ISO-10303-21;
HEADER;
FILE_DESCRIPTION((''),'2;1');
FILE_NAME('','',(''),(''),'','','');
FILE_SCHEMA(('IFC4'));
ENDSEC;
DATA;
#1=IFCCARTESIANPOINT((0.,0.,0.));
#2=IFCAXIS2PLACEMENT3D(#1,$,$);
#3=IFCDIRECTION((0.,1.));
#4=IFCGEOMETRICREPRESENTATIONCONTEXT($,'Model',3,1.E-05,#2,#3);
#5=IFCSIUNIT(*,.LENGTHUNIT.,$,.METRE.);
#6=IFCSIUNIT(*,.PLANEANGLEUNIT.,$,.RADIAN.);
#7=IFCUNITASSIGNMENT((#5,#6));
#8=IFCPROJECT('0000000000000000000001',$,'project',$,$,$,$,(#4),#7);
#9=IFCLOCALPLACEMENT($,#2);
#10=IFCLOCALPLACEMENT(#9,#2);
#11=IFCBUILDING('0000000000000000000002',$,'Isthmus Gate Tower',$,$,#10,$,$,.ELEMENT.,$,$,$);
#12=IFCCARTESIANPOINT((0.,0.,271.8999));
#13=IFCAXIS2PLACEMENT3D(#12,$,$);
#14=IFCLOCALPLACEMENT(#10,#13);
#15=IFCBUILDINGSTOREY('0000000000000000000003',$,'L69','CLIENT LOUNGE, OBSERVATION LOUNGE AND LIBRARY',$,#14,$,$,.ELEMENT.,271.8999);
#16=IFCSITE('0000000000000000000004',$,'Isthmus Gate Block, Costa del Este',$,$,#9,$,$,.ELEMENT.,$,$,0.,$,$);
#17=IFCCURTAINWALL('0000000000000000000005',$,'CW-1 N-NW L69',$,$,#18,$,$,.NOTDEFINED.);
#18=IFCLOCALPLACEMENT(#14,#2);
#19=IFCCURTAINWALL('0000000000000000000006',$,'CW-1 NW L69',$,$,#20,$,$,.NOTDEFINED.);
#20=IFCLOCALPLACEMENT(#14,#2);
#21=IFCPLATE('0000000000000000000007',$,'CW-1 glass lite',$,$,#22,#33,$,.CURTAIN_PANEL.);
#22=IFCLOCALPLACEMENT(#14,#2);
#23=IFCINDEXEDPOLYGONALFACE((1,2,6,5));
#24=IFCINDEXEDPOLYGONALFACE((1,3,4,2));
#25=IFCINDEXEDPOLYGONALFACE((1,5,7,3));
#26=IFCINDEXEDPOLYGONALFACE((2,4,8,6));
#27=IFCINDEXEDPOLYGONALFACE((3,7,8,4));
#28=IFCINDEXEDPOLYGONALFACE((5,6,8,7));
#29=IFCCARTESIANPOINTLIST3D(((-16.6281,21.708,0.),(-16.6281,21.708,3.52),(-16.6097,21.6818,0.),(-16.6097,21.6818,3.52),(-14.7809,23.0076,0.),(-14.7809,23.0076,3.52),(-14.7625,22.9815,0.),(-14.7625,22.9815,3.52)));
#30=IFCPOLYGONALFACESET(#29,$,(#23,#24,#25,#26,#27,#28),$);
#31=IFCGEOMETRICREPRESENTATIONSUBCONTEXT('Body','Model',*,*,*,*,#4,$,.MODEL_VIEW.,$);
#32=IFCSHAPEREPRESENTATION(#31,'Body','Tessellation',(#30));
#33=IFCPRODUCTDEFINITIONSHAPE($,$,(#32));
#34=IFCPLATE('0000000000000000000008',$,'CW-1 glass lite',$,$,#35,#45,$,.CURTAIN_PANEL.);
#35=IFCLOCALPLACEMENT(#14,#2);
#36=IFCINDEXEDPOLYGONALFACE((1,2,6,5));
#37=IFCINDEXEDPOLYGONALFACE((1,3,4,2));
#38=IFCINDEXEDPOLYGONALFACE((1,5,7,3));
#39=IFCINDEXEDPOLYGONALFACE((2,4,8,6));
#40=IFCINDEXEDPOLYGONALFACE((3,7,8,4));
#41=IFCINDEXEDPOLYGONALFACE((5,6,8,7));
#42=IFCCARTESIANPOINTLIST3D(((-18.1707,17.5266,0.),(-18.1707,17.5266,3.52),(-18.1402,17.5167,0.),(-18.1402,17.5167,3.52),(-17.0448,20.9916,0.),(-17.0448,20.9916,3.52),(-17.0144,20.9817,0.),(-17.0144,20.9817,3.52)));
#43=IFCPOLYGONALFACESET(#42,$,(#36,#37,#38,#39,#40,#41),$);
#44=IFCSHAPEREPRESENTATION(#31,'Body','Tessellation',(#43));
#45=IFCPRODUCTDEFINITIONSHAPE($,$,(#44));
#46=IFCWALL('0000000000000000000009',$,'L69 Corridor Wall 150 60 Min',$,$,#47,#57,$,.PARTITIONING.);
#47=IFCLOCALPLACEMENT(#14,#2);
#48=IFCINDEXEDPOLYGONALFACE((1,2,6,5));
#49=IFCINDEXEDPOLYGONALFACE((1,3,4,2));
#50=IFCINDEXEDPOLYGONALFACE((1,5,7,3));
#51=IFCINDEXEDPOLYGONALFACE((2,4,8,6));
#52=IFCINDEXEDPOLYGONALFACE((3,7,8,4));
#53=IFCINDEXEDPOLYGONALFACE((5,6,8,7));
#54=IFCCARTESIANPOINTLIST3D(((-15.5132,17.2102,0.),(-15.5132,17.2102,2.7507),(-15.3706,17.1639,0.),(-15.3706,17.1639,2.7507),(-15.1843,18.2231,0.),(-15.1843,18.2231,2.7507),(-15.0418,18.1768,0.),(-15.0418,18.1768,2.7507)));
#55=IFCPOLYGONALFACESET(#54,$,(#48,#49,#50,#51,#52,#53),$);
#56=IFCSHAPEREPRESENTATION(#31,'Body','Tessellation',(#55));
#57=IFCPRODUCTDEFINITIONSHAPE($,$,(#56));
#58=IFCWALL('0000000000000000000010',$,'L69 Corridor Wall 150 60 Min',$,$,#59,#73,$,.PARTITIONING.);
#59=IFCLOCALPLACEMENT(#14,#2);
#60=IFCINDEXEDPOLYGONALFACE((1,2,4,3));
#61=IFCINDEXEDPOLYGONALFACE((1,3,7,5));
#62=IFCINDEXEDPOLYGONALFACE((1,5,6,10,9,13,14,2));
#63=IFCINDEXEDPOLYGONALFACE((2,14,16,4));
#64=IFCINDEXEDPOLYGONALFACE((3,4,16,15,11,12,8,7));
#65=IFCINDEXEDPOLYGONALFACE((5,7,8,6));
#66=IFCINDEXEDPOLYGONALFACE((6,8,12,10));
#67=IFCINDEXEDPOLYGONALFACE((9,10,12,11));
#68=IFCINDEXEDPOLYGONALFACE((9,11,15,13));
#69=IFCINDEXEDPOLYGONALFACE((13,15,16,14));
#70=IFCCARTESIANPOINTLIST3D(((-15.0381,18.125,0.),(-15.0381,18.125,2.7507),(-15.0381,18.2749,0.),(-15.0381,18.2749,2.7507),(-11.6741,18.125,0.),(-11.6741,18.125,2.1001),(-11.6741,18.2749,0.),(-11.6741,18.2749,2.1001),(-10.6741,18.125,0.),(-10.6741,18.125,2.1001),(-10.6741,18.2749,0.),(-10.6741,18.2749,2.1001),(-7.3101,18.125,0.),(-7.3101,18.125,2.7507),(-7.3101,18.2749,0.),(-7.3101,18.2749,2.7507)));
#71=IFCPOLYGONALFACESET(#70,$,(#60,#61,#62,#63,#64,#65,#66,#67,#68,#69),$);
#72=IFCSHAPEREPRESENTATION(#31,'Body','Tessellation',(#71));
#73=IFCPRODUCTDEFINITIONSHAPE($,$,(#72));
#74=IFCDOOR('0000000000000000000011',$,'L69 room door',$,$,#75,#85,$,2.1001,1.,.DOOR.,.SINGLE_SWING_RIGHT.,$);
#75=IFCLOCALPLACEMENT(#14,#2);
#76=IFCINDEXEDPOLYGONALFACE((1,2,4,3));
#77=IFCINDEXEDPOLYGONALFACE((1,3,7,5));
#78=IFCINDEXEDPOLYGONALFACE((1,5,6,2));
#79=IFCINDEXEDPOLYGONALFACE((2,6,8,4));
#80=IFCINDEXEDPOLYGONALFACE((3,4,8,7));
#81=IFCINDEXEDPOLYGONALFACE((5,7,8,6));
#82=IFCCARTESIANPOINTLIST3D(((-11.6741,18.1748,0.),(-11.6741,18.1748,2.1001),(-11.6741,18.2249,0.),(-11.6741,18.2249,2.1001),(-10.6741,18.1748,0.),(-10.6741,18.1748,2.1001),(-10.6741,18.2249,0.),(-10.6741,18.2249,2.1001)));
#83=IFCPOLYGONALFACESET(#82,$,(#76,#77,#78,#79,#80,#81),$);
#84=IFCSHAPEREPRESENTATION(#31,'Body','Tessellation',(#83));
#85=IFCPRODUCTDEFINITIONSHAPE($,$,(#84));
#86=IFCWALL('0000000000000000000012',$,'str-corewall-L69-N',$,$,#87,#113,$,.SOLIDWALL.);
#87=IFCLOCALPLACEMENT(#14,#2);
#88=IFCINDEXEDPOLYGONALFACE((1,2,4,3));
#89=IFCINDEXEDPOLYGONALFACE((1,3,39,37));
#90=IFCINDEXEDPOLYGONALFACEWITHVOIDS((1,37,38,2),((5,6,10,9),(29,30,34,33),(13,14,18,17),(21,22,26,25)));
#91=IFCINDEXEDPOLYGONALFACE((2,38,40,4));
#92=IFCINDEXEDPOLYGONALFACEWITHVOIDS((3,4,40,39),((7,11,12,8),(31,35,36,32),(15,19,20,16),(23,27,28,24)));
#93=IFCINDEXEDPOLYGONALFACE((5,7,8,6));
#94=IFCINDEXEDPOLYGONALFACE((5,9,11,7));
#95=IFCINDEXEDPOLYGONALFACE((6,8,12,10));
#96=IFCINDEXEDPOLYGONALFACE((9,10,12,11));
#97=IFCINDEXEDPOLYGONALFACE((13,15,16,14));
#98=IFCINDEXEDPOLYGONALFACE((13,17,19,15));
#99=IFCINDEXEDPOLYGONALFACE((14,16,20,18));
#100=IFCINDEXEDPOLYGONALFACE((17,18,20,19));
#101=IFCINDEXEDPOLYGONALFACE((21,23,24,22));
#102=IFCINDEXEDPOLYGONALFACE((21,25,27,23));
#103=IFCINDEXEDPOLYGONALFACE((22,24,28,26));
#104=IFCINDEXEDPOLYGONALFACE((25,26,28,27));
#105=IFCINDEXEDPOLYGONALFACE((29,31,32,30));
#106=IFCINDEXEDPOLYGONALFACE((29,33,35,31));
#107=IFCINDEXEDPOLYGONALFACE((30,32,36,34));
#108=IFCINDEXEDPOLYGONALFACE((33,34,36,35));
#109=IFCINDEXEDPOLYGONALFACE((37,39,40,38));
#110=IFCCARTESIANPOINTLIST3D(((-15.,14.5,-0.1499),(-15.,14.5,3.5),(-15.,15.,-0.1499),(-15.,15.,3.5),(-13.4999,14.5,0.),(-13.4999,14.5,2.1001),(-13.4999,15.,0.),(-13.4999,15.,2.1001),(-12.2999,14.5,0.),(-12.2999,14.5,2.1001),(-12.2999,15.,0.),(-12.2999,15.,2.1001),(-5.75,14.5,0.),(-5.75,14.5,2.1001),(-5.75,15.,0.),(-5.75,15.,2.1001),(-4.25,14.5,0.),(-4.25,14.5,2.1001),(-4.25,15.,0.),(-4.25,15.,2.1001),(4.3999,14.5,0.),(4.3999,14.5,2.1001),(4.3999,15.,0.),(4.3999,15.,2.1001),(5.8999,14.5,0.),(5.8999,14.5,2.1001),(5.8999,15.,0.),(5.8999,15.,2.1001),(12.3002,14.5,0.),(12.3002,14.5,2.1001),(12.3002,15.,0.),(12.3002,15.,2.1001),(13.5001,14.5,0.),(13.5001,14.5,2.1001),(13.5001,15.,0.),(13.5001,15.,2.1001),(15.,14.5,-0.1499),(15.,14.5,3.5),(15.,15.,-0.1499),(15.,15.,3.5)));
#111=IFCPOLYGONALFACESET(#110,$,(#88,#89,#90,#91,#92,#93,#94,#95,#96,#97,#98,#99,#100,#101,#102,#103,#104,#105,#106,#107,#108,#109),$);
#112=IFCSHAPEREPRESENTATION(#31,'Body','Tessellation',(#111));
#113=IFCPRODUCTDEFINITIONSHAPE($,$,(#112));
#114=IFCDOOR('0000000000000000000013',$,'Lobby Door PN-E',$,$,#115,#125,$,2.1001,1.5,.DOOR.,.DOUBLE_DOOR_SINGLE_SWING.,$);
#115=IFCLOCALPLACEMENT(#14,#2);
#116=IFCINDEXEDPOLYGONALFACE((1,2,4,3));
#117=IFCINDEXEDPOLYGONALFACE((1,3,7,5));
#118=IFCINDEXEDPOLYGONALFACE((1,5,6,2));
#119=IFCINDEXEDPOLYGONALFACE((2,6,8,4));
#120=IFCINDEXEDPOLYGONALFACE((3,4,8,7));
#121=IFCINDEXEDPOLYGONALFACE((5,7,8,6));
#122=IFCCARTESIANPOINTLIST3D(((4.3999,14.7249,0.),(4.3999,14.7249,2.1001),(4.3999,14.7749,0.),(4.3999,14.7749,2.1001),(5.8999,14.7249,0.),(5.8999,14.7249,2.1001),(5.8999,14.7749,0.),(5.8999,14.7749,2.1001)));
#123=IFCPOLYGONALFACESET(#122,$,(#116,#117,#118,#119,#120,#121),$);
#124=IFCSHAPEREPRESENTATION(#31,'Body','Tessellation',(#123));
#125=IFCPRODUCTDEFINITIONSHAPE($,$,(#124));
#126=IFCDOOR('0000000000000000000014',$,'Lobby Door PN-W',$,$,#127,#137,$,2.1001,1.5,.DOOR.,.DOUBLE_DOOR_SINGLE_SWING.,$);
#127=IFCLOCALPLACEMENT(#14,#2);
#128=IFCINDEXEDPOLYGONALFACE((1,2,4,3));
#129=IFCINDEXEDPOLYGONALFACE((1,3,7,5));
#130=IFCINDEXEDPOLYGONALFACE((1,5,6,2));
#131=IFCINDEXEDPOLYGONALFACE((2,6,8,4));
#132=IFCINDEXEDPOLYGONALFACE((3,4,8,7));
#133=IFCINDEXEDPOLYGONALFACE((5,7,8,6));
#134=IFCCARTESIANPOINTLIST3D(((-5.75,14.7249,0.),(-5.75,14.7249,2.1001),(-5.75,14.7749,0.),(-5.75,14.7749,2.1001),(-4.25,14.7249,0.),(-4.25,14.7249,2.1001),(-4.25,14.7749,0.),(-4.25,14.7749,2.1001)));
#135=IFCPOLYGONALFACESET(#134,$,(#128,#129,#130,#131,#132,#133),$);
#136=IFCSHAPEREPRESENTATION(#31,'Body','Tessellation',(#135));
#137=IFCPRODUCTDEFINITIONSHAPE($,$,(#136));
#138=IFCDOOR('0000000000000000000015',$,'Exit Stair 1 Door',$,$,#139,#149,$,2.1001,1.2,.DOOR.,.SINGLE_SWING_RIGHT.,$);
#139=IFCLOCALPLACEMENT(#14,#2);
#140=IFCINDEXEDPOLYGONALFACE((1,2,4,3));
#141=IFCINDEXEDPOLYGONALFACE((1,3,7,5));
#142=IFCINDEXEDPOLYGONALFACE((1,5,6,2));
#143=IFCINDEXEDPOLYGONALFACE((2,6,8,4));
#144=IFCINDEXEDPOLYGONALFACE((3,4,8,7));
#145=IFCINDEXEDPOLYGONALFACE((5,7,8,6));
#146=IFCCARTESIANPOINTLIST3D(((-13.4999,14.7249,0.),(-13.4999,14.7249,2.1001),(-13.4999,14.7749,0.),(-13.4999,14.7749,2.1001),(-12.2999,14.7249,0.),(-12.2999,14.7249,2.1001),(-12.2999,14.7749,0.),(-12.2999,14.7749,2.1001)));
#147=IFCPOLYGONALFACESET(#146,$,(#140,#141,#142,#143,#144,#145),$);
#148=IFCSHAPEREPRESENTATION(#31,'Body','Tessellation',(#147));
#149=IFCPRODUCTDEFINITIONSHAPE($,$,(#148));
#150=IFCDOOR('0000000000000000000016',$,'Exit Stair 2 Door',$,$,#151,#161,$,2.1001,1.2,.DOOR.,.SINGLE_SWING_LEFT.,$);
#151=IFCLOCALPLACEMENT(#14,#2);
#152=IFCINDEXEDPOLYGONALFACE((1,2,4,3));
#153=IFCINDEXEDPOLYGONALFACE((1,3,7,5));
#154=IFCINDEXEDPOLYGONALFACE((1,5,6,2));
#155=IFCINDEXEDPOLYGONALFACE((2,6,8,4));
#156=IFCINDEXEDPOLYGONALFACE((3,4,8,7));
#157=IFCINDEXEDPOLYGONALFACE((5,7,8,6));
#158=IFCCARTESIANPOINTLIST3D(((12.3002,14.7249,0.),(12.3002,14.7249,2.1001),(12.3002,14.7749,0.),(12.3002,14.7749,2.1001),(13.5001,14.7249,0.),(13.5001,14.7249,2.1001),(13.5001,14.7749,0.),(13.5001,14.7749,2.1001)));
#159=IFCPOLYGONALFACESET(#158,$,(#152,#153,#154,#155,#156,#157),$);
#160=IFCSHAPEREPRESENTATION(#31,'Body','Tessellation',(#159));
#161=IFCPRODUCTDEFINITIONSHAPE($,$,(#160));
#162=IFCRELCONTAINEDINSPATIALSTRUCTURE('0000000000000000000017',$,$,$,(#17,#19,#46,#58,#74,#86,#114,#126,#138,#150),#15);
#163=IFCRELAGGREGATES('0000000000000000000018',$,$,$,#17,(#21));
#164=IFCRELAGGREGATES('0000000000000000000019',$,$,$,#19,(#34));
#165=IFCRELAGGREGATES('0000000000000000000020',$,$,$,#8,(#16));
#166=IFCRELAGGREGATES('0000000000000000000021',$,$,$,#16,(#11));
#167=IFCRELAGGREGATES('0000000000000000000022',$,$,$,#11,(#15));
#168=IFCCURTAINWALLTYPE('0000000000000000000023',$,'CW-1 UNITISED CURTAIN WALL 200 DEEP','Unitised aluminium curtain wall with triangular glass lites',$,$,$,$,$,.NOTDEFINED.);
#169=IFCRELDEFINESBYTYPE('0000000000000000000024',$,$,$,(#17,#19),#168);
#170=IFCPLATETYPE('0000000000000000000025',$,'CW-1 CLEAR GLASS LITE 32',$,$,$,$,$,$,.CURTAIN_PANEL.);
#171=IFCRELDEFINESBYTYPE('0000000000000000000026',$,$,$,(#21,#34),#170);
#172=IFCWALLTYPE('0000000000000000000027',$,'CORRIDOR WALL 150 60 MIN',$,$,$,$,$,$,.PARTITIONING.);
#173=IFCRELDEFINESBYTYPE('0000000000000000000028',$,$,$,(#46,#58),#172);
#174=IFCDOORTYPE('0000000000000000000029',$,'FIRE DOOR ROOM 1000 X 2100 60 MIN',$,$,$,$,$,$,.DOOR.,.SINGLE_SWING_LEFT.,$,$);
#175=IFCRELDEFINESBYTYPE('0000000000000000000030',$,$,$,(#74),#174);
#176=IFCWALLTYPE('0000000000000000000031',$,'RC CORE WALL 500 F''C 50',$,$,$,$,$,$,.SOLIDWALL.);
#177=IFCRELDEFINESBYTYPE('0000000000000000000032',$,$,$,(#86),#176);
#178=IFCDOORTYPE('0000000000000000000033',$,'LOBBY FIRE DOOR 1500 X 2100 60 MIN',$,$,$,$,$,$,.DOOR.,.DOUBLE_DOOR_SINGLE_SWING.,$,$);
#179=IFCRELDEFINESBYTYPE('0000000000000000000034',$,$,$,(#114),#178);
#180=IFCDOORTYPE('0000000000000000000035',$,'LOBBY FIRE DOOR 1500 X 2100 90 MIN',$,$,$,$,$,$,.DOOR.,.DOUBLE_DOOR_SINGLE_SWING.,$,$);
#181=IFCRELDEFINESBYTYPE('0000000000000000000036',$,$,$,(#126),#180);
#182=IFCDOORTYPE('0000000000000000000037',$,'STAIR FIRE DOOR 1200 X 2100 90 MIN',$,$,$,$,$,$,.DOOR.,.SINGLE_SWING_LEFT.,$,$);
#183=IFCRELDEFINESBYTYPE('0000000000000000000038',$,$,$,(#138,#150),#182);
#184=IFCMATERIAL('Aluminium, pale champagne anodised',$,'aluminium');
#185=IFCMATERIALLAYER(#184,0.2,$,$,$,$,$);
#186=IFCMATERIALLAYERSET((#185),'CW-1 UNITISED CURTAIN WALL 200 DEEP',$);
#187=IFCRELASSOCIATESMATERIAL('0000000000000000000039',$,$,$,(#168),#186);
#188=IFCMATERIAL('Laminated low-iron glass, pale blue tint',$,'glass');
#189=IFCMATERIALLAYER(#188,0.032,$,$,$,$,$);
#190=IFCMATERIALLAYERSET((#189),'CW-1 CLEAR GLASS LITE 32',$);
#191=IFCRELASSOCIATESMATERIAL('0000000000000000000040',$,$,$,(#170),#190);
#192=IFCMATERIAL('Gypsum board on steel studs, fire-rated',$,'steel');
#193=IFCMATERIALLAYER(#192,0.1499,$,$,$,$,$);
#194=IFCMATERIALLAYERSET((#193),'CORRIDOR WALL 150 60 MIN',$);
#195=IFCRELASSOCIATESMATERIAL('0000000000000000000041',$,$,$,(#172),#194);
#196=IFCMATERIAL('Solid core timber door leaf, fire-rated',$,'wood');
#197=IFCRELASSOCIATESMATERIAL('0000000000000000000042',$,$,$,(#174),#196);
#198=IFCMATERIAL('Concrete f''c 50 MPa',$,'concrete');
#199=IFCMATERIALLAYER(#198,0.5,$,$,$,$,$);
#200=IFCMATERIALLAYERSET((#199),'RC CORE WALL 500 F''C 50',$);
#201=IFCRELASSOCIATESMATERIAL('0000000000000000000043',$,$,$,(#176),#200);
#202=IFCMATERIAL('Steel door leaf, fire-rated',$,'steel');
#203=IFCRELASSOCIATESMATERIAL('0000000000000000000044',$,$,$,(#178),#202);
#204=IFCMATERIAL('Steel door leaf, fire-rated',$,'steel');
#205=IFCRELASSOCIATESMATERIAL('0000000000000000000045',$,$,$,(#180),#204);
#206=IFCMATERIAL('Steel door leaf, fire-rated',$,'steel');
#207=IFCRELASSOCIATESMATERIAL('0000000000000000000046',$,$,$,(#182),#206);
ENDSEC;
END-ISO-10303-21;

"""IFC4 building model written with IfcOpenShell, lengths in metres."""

from ifc_helpers import new_model, si_unit, direction, frame, frame_2d, origin, origin_2d, place, context, subcontext, project, spatial, rectangle, extrude, material, layer, layer_set, type_object, element, fill, aggregate, save


model = new_model("IFC4")

# Units and contexts
model_context = context("Model", 3, precision=1e-05, world=origin(), true_north=direction((0.0, 1.0)))
body_context = subcontext(model_context, "Body", "Model", "MODEL_VIEW")
ifc_project = project(units=[si_unit("LENGTHUNIT", "METRE"), si_unit("PLANEANGLEUNIT", "RADIAN")], contexts=[model_context])

# Site, building, storey
site_placement = place(None, origin())
site = spatial("IfcSite", under=ifc_project, at=site_placement, Name="Isthmus Gate Block, Costa del Este", CompositionType="ELEMENT", RefElevation=0.0)
building_placement = place(site_placement, origin())
building = spatial("IfcBuilding", under=site, at=building_placement, Name="Isthmus Gate Tower", CompositionType="ELEMENT")
storey_placement = place(building_placement, frame((0.0, 0.0, 271.8999)))
storey = spatial("IfcBuildingStorey", under=building, at=storey_placement, Name="L69", Description="CLIENT LOUNGE, OBSERVATION LOUNGE AND LIBRARY", CompositionType="ELEMENT", Elevation=271.8999)

# Curtain wall
ifc_material_1 = material(Name="Aluminium, pale champagne anodised", Category="aluminium")
ifc_layer_1 = layer(ifc_material_1, 0.2)
ifc_layer_set_1 = layer_set([ifc_layer_1], Name="CW-1 UNITISED CURTAIN WALL 200 DEEP")
curtain_wall_type = type_object("IfcCurtainWallType", Name="CW-1 UNITISED CURTAIN WALL 200 DEEP", Description="Unitised aluminium curtain wall with triangular glass lites", PredefinedType="NOTDEFINED", material=ifc_layer_set_1)
curtain_wall_1_placement = place(storey_placement, origin())
curtain_wall_1 = element("IfcCurtainWall", 1, at=curtain_wall_1_placement, inside=storey, type_object=curtain_wall_type, Name="CW-1 N-NW L69", PredefinedType="NOTDEFINED")

# Curtain wall
curtain_wall_2_placement = place(storey_placement, origin())
curtain_wall_2 = element("IfcCurtainWall", 2, at=curtain_wall_2_placement, inside=storey, type_object=curtain_wall_type, Name="CW-1 NW L69", PredefinedType="NOTDEFINED")

# Plates
ifc_material_2 = material(Name="Laminated low-iron glass, pale blue tint", Category="glass")
ifc_layer_2 = layer(ifc_material_2, 0.032)
ifc_layer_set_2 = layer_set([ifc_layer_2], Name="CW-1 CLEAR GLASS LITE 32")
plate_type = type_object("IfcPlateType", Name="CW-1 CLEAR GLASS LITE 32", PredefinedType="CURTAIN_PANEL", material=ifc_layer_set_2)
plate_1_placement = place(storey_placement, frame((-15.6953, 22.3447, 0.0), z_axis=(0.0, 0.0, 1.0), x_axis=(-0.81786, -0.575418, 0.0)))
plate_1 = element("IfcPlate", 3, at=plate_1_placement, type_object=plate_type, Name="CW-1 glass lite", PredefinedType="CURTAIN_PANEL", context=body_context, shape_type="SweptSolid", body=[
    extrude(rectangle(XDim=2.2585, YDim=0.032, at=origin_2d()), origin(), (0.0, 0.0, 1.0), 3.52),
])
aggregate(curtain_wall_1, [plate_1])
plate_2_placement = place(storey_placement, frame((-17.5925, 19.2542, 0.0), z_axis=(0.0, 0.0, 1.0), x_axis=(-0.309017, -0.951057, 0.0)))
plate_2 = element("IfcPlate", 4, at=plate_2_placement, type_object=plate_type, Name="CW-1 glass lite", PredefinedType="CURTAIN_PANEL", context=body_context, shape_type="SweptSolid", body=[
    extrude(rectangle(XDim=3.6433, YDim=0.032, at=origin_2d()), origin(), (0.0, 0.0, 1.0), 3.52),
])

# Wall
ifc_material_3 = material(Name="Gypsum board on steel studs, fire-rated", Category="steel")
ifc_layer_3 = layer(ifc_material_3, 0.1499)
ifc_layer_set_3 = layer_set([ifc_layer_3], Name="CORRIDOR WALL 150 60 MIN")
wall_type_1 = type_object("IfcWallType", Name="CORRIDOR WALL 150 60 MIN", PredefinedType="PARTITIONING", material=ifc_layer_set_3)
wall_1_placement = place(storey_placement, frame((-15.4419, 17.187, 0.0), z_axis=(0.0, 0.0, 1.0), x_axis=(0.308791, 0.95113, 0.0)))
element("IfcWall", 5, at=wall_1_placement, inside=storey, type_object=wall_type_1, Name="L69 Corridor Wall 150 60 Min", PredefinedType="PARTITIONING", context=body_context, shape_type="SweptSolid", body=[
    extrude(rectangle(XDim=1.0649, YDim=0.1499, at=frame_2d((0.5325, 0.0))), origin(), (0.0, 0.0, 1.0), 2.7507),
])

# Wall, opening, door
wall_2_placement = place(storey_placement, frame((-15.0381, 18.2, 0.0), z_axis=(0.0, 0.0, 1.0), x_axis=(1.0, 0.0, 0.0)))
wall_2 = element("IfcWall", 6, at=wall_2_placement, inside=storey, type_object=wall_type_1, Name="L69 Corridor Wall 150 60 Min", PredefinedType="PARTITIONING", context=body_context, shape_type="SweptSolid", body=[
    extrude(rectangle(XDim=7.728, YDim=0.1499, at=frame_2d((3.864, 0.0))), origin(), (0.0, 0.0, 1.0), 2.7507),
])
opening_1_placement = place(wall_2_placement, frame((3.364, 0.0, 0.0)))
opening_1 = element("IfcOpeningElement", 7, at=opening_1_placement, cuts=wall_2, PredefinedType="OPENING", context=body_context, shape_type="SweptSolid", body=[
    extrude(rectangle(XDim=1.0, YDim=2.1001, at=frame_2d((0.5, 1.05))), frame((0.0, 0.085, 0.0), z_axis=(0.0, -1.0, 0.0), x_axis=(1.0, 0.0, 0.0)), (0.0, 0.0, 1.0), 0.1699),
])
ifc_material_4 = material(Name="Solid core timber door leaf, fire-rated", Category="wood")
door_type_1 = type_object("IfcDoorType", Name="FIRE DOOR ROOM 1000 X 2100 60 MIN", OperationType="SINGLE_SWING_LEFT", PredefinedType="DOOR", material=ifc_material_4)
door_1_placement = place(opening_1_placement, origin())
door_1 = element("IfcDoor", 8, at=door_1_placement, inside=storey, type_object=door_type_1, Name="L69 room door", OperationType="SINGLE_SWING_RIGHT", OverallHeight=2.1001, OverallWidth=1.0, PredefinedType="DOOR", context=body_context, shape_type="SweptSolid", body=[
    extrude(rectangle(XDim=1.0, YDim=2.1001, at=frame_2d((0.5, 1.05))), frame((0.0, 0.0249, 0.0), z_axis=(0.0, -1.0, 0.0), x_axis=(1.0, 0.0, 0.0)), (0.0, 0.0, 1.0), 0.05),
])
fill(opening_1, door_1)

# Wall, openings, doors
ifc_material_5 = material(Name="Concrete f'c 50 MPa", Category="concrete")
ifc_layer_4 = layer(ifc_material_5, 0.5)
ifc_layer_set_4 = layer_set([ifc_layer_4], Name="RC CORE WALL 500 F'C 50")
wall_type_2 = type_object("IfcWallType", Name="RC CORE WALL 500 F'C 50", PredefinedType="SOLIDWALL", material=ifc_layer_set_4)
wall_3_placement = place(storey_placement, frame((-15.0, 14.75, -0.1499), z_axis=(0.0, 0.0, 1.0), x_axis=(1.0, 0.0, 0.0)))
wall_3 = element("IfcWall", 9, at=wall_3_placement, inside=storey, type_object=wall_type_2, Name="str-corewall-L69-N", PredefinedType="SOLIDWALL", context=body_context, shape_type="SweptSolid", body=[
    extrude(rectangle(XDim=30.0, YDim=0.5, at=frame_2d((15.0, 0.0))), origin(), (0.0, 0.0, 1.0), 3.6499),
])
opening_2_placement = place(wall_3_placement, frame((9.25, 0.0, 0.1499)))
opening_2 = element("IfcOpeningElement", 10, at=opening_2_placement, cuts=wall_3, PredefinedType="OPENING", context=body_context, shape_type="SweptSolid", body=[
    extrude(rectangle(XDim=1.5, YDim=2.1001, at=frame_2d((0.75, 1.05))), frame((0.0, 0.26, 0.0), z_axis=(0.0, -1.0, 0.0), x_axis=(1.0, 0.0, 0.0)), (0.0, 0.0, 1.0), 0.52),
])
opening_3_placement = place(wall_3_placement, frame((19.3999, 0.0, 0.1499)))
opening_3 = element("IfcOpeningElement", 11, at=opening_3_placement, cuts=wall_3, PredefinedType="OPENING", context=body_context, shape_type="SweptSolid", body=[
    extrude(rectangle(XDim=1.5, YDim=2.1001, at=frame_2d((0.75, 1.05))), frame((0.0, 0.26, 0.0), z_axis=(0.0, -1.0, 0.0), x_axis=(1.0, 0.0, 0.0)), (0.0, 0.0, 1.0), 0.52),
])
opening_4_placement = place(wall_3_placement, frame((1.5, 0.0, 0.1499)))
opening_4 = element("IfcOpeningElement", 12, at=opening_4_placement, cuts=wall_3, PredefinedType="OPENING", context=body_context, shape_type="SweptSolid", body=[
    extrude(rectangle(XDim=1.2, YDim=2.1001, at=frame_2d((0.6001, 1.05))), frame((0.0, 0.26, 0.0), z_axis=(0.0, -1.0, 0.0), x_axis=(1.0, 0.0, 0.0)), (0.0, 0.0, 1.0), 0.52),
])
opening_5_placement = place(wall_3_placement, frame((27.3, 0.0, 0.1499)))
opening_5 = element("IfcOpeningElement", 13, at=opening_5_placement, cuts=wall_3, PredefinedType="OPENING", context=body_context, shape_type="SweptSolid", body=[
    extrude(rectangle(XDim=1.2, YDim=2.1001, at=frame_2d((0.6001, 1.05))), frame((0.0, 0.26, 0.0), z_axis=(0.0, -1.0, 0.0), x_axis=(1.0, 0.0, 0.0)), (0.0, 0.0, 1.0), 0.52),
])
ifc_material_6 = material(Name="Steel door leaf, fire-rated", Category="steel")
door_type_2 = type_object("IfcDoorType", Name="LOBBY FIRE DOOR 1500 X 2100 60 MIN", OperationType="DOUBLE_DOOR_SINGLE_SWING", PredefinedType="DOOR", material=ifc_material_6)
door_2_placement = place(opening_3_placement, origin())
door_2 = element("IfcDoor", 14, at=door_2_placement, inside=storey, type_object=door_type_2, Name="Lobby Door PN-E", OperationType="DOUBLE_DOOR_SINGLE_SWING", OverallHeight=2.1001, OverallWidth=1.5, PredefinedType="DOOR", context=body_context, shape_type="SweptSolid", body=[
    extrude(rectangle(XDim=1.5, YDim=2.1001, at=frame_2d((0.75, 1.05))), frame((0.0, 0.0249, 0.0), z_axis=(0.0, -1.0, 0.0), x_axis=(1.0, 0.0, 0.0)), (0.0, 0.0, 1.0), 0.05),
])
fill(opening_3, door_2)
ifc_material_7 = material(Name="Steel door leaf, fire-rated", Category="steel")
door_type_3 = type_object("IfcDoorType", Name="LOBBY FIRE DOOR 1500 X 2100 90 MIN", OperationType="DOUBLE_DOOR_SINGLE_SWING", PredefinedType="DOOR", material=ifc_material_7)
door_3_placement = place(opening_2_placement, origin())
door_3 = element("IfcDoor", 15, at=door_3_placement, inside=storey, type_object=door_type_3, Name="Lobby Door PN-W", OperationType="DOUBLE_DOOR_SINGLE_SWING", OverallHeight=2.1001, OverallWidth=1.5, PredefinedType="DOOR", context=body_context, shape_type="SweptSolid", body=[
    extrude(rectangle(XDim=1.5, YDim=2.1001, at=frame_2d((0.75, 1.05))), frame((0.0, 0.0249, 0.0), z_axis=(0.0, -1.0, 0.0), x_axis=(1.0, 0.0, 0.0)), (0.0, 0.0, 1.0), 0.05),
])
fill(opening_2, door_3)
ifc_material_8 = material(Name="Steel door leaf, fire-rated", Category="steel")
door_type_4 = type_object("IfcDoorType", Name="STAIR FIRE DOOR 1200 X 2100 90 MIN", OperationType="SINGLE_SWING_LEFT", PredefinedType="DOOR", material=ifc_material_8)
door_4_placement = place(opening_4_placement, origin())
door_4 = element("IfcDoor", 16, at=door_4_placement, inside=storey, type_object=door_type_4, Name="Exit Stair 1 Door", OperationType="SINGLE_SWING_RIGHT", OverallHeight=2.1001, OverallWidth=1.2, PredefinedType="DOOR", context=body_context, shape_type="SweptSolid", body=[
    extrude(rectangle(XDim=1.2, YDim=2.1001, at=frame_2d((0.6001, 1.05))), frame((0.0, 0.0249, 0.0), z_axis=(0.0, -1.0, 0.0), x_axis=(1.0, 0.0, 0.0)), (0.0, 0.0, 1.0), 0.05),
])
fill(opening_4, door_4)
door_5_placement = place(opening_5_placement, origin())
door_5 = element("IfcDoor", 17, at=door_5_placement, inside=storey, type_object=door_type_4, Name="Exit Stair 2 Door", OperationType="SINGLE_SWING_LEFT", OverallHeight=2.1001, OverallWidth=1.2, PredefinedType="DOOR", context=body_context, shape_type="SweptSolid", body=[
    extrude(rectangle(XDim=1.2, YDim=2.1001, at=frame_2d((0.6001, 1.05))), frame((0.0, 0.0249, 0.0), z_axis=(0.0, -1.0, 0.0), x_axis=(1.0, 0.0, 0.0)), (0.0, 0.0, 1.0), 0.05),
])
fill(opening_5, door_5)

aggregate(curtain_wall_2, [plate_2])

save(model, "model.ifc")
